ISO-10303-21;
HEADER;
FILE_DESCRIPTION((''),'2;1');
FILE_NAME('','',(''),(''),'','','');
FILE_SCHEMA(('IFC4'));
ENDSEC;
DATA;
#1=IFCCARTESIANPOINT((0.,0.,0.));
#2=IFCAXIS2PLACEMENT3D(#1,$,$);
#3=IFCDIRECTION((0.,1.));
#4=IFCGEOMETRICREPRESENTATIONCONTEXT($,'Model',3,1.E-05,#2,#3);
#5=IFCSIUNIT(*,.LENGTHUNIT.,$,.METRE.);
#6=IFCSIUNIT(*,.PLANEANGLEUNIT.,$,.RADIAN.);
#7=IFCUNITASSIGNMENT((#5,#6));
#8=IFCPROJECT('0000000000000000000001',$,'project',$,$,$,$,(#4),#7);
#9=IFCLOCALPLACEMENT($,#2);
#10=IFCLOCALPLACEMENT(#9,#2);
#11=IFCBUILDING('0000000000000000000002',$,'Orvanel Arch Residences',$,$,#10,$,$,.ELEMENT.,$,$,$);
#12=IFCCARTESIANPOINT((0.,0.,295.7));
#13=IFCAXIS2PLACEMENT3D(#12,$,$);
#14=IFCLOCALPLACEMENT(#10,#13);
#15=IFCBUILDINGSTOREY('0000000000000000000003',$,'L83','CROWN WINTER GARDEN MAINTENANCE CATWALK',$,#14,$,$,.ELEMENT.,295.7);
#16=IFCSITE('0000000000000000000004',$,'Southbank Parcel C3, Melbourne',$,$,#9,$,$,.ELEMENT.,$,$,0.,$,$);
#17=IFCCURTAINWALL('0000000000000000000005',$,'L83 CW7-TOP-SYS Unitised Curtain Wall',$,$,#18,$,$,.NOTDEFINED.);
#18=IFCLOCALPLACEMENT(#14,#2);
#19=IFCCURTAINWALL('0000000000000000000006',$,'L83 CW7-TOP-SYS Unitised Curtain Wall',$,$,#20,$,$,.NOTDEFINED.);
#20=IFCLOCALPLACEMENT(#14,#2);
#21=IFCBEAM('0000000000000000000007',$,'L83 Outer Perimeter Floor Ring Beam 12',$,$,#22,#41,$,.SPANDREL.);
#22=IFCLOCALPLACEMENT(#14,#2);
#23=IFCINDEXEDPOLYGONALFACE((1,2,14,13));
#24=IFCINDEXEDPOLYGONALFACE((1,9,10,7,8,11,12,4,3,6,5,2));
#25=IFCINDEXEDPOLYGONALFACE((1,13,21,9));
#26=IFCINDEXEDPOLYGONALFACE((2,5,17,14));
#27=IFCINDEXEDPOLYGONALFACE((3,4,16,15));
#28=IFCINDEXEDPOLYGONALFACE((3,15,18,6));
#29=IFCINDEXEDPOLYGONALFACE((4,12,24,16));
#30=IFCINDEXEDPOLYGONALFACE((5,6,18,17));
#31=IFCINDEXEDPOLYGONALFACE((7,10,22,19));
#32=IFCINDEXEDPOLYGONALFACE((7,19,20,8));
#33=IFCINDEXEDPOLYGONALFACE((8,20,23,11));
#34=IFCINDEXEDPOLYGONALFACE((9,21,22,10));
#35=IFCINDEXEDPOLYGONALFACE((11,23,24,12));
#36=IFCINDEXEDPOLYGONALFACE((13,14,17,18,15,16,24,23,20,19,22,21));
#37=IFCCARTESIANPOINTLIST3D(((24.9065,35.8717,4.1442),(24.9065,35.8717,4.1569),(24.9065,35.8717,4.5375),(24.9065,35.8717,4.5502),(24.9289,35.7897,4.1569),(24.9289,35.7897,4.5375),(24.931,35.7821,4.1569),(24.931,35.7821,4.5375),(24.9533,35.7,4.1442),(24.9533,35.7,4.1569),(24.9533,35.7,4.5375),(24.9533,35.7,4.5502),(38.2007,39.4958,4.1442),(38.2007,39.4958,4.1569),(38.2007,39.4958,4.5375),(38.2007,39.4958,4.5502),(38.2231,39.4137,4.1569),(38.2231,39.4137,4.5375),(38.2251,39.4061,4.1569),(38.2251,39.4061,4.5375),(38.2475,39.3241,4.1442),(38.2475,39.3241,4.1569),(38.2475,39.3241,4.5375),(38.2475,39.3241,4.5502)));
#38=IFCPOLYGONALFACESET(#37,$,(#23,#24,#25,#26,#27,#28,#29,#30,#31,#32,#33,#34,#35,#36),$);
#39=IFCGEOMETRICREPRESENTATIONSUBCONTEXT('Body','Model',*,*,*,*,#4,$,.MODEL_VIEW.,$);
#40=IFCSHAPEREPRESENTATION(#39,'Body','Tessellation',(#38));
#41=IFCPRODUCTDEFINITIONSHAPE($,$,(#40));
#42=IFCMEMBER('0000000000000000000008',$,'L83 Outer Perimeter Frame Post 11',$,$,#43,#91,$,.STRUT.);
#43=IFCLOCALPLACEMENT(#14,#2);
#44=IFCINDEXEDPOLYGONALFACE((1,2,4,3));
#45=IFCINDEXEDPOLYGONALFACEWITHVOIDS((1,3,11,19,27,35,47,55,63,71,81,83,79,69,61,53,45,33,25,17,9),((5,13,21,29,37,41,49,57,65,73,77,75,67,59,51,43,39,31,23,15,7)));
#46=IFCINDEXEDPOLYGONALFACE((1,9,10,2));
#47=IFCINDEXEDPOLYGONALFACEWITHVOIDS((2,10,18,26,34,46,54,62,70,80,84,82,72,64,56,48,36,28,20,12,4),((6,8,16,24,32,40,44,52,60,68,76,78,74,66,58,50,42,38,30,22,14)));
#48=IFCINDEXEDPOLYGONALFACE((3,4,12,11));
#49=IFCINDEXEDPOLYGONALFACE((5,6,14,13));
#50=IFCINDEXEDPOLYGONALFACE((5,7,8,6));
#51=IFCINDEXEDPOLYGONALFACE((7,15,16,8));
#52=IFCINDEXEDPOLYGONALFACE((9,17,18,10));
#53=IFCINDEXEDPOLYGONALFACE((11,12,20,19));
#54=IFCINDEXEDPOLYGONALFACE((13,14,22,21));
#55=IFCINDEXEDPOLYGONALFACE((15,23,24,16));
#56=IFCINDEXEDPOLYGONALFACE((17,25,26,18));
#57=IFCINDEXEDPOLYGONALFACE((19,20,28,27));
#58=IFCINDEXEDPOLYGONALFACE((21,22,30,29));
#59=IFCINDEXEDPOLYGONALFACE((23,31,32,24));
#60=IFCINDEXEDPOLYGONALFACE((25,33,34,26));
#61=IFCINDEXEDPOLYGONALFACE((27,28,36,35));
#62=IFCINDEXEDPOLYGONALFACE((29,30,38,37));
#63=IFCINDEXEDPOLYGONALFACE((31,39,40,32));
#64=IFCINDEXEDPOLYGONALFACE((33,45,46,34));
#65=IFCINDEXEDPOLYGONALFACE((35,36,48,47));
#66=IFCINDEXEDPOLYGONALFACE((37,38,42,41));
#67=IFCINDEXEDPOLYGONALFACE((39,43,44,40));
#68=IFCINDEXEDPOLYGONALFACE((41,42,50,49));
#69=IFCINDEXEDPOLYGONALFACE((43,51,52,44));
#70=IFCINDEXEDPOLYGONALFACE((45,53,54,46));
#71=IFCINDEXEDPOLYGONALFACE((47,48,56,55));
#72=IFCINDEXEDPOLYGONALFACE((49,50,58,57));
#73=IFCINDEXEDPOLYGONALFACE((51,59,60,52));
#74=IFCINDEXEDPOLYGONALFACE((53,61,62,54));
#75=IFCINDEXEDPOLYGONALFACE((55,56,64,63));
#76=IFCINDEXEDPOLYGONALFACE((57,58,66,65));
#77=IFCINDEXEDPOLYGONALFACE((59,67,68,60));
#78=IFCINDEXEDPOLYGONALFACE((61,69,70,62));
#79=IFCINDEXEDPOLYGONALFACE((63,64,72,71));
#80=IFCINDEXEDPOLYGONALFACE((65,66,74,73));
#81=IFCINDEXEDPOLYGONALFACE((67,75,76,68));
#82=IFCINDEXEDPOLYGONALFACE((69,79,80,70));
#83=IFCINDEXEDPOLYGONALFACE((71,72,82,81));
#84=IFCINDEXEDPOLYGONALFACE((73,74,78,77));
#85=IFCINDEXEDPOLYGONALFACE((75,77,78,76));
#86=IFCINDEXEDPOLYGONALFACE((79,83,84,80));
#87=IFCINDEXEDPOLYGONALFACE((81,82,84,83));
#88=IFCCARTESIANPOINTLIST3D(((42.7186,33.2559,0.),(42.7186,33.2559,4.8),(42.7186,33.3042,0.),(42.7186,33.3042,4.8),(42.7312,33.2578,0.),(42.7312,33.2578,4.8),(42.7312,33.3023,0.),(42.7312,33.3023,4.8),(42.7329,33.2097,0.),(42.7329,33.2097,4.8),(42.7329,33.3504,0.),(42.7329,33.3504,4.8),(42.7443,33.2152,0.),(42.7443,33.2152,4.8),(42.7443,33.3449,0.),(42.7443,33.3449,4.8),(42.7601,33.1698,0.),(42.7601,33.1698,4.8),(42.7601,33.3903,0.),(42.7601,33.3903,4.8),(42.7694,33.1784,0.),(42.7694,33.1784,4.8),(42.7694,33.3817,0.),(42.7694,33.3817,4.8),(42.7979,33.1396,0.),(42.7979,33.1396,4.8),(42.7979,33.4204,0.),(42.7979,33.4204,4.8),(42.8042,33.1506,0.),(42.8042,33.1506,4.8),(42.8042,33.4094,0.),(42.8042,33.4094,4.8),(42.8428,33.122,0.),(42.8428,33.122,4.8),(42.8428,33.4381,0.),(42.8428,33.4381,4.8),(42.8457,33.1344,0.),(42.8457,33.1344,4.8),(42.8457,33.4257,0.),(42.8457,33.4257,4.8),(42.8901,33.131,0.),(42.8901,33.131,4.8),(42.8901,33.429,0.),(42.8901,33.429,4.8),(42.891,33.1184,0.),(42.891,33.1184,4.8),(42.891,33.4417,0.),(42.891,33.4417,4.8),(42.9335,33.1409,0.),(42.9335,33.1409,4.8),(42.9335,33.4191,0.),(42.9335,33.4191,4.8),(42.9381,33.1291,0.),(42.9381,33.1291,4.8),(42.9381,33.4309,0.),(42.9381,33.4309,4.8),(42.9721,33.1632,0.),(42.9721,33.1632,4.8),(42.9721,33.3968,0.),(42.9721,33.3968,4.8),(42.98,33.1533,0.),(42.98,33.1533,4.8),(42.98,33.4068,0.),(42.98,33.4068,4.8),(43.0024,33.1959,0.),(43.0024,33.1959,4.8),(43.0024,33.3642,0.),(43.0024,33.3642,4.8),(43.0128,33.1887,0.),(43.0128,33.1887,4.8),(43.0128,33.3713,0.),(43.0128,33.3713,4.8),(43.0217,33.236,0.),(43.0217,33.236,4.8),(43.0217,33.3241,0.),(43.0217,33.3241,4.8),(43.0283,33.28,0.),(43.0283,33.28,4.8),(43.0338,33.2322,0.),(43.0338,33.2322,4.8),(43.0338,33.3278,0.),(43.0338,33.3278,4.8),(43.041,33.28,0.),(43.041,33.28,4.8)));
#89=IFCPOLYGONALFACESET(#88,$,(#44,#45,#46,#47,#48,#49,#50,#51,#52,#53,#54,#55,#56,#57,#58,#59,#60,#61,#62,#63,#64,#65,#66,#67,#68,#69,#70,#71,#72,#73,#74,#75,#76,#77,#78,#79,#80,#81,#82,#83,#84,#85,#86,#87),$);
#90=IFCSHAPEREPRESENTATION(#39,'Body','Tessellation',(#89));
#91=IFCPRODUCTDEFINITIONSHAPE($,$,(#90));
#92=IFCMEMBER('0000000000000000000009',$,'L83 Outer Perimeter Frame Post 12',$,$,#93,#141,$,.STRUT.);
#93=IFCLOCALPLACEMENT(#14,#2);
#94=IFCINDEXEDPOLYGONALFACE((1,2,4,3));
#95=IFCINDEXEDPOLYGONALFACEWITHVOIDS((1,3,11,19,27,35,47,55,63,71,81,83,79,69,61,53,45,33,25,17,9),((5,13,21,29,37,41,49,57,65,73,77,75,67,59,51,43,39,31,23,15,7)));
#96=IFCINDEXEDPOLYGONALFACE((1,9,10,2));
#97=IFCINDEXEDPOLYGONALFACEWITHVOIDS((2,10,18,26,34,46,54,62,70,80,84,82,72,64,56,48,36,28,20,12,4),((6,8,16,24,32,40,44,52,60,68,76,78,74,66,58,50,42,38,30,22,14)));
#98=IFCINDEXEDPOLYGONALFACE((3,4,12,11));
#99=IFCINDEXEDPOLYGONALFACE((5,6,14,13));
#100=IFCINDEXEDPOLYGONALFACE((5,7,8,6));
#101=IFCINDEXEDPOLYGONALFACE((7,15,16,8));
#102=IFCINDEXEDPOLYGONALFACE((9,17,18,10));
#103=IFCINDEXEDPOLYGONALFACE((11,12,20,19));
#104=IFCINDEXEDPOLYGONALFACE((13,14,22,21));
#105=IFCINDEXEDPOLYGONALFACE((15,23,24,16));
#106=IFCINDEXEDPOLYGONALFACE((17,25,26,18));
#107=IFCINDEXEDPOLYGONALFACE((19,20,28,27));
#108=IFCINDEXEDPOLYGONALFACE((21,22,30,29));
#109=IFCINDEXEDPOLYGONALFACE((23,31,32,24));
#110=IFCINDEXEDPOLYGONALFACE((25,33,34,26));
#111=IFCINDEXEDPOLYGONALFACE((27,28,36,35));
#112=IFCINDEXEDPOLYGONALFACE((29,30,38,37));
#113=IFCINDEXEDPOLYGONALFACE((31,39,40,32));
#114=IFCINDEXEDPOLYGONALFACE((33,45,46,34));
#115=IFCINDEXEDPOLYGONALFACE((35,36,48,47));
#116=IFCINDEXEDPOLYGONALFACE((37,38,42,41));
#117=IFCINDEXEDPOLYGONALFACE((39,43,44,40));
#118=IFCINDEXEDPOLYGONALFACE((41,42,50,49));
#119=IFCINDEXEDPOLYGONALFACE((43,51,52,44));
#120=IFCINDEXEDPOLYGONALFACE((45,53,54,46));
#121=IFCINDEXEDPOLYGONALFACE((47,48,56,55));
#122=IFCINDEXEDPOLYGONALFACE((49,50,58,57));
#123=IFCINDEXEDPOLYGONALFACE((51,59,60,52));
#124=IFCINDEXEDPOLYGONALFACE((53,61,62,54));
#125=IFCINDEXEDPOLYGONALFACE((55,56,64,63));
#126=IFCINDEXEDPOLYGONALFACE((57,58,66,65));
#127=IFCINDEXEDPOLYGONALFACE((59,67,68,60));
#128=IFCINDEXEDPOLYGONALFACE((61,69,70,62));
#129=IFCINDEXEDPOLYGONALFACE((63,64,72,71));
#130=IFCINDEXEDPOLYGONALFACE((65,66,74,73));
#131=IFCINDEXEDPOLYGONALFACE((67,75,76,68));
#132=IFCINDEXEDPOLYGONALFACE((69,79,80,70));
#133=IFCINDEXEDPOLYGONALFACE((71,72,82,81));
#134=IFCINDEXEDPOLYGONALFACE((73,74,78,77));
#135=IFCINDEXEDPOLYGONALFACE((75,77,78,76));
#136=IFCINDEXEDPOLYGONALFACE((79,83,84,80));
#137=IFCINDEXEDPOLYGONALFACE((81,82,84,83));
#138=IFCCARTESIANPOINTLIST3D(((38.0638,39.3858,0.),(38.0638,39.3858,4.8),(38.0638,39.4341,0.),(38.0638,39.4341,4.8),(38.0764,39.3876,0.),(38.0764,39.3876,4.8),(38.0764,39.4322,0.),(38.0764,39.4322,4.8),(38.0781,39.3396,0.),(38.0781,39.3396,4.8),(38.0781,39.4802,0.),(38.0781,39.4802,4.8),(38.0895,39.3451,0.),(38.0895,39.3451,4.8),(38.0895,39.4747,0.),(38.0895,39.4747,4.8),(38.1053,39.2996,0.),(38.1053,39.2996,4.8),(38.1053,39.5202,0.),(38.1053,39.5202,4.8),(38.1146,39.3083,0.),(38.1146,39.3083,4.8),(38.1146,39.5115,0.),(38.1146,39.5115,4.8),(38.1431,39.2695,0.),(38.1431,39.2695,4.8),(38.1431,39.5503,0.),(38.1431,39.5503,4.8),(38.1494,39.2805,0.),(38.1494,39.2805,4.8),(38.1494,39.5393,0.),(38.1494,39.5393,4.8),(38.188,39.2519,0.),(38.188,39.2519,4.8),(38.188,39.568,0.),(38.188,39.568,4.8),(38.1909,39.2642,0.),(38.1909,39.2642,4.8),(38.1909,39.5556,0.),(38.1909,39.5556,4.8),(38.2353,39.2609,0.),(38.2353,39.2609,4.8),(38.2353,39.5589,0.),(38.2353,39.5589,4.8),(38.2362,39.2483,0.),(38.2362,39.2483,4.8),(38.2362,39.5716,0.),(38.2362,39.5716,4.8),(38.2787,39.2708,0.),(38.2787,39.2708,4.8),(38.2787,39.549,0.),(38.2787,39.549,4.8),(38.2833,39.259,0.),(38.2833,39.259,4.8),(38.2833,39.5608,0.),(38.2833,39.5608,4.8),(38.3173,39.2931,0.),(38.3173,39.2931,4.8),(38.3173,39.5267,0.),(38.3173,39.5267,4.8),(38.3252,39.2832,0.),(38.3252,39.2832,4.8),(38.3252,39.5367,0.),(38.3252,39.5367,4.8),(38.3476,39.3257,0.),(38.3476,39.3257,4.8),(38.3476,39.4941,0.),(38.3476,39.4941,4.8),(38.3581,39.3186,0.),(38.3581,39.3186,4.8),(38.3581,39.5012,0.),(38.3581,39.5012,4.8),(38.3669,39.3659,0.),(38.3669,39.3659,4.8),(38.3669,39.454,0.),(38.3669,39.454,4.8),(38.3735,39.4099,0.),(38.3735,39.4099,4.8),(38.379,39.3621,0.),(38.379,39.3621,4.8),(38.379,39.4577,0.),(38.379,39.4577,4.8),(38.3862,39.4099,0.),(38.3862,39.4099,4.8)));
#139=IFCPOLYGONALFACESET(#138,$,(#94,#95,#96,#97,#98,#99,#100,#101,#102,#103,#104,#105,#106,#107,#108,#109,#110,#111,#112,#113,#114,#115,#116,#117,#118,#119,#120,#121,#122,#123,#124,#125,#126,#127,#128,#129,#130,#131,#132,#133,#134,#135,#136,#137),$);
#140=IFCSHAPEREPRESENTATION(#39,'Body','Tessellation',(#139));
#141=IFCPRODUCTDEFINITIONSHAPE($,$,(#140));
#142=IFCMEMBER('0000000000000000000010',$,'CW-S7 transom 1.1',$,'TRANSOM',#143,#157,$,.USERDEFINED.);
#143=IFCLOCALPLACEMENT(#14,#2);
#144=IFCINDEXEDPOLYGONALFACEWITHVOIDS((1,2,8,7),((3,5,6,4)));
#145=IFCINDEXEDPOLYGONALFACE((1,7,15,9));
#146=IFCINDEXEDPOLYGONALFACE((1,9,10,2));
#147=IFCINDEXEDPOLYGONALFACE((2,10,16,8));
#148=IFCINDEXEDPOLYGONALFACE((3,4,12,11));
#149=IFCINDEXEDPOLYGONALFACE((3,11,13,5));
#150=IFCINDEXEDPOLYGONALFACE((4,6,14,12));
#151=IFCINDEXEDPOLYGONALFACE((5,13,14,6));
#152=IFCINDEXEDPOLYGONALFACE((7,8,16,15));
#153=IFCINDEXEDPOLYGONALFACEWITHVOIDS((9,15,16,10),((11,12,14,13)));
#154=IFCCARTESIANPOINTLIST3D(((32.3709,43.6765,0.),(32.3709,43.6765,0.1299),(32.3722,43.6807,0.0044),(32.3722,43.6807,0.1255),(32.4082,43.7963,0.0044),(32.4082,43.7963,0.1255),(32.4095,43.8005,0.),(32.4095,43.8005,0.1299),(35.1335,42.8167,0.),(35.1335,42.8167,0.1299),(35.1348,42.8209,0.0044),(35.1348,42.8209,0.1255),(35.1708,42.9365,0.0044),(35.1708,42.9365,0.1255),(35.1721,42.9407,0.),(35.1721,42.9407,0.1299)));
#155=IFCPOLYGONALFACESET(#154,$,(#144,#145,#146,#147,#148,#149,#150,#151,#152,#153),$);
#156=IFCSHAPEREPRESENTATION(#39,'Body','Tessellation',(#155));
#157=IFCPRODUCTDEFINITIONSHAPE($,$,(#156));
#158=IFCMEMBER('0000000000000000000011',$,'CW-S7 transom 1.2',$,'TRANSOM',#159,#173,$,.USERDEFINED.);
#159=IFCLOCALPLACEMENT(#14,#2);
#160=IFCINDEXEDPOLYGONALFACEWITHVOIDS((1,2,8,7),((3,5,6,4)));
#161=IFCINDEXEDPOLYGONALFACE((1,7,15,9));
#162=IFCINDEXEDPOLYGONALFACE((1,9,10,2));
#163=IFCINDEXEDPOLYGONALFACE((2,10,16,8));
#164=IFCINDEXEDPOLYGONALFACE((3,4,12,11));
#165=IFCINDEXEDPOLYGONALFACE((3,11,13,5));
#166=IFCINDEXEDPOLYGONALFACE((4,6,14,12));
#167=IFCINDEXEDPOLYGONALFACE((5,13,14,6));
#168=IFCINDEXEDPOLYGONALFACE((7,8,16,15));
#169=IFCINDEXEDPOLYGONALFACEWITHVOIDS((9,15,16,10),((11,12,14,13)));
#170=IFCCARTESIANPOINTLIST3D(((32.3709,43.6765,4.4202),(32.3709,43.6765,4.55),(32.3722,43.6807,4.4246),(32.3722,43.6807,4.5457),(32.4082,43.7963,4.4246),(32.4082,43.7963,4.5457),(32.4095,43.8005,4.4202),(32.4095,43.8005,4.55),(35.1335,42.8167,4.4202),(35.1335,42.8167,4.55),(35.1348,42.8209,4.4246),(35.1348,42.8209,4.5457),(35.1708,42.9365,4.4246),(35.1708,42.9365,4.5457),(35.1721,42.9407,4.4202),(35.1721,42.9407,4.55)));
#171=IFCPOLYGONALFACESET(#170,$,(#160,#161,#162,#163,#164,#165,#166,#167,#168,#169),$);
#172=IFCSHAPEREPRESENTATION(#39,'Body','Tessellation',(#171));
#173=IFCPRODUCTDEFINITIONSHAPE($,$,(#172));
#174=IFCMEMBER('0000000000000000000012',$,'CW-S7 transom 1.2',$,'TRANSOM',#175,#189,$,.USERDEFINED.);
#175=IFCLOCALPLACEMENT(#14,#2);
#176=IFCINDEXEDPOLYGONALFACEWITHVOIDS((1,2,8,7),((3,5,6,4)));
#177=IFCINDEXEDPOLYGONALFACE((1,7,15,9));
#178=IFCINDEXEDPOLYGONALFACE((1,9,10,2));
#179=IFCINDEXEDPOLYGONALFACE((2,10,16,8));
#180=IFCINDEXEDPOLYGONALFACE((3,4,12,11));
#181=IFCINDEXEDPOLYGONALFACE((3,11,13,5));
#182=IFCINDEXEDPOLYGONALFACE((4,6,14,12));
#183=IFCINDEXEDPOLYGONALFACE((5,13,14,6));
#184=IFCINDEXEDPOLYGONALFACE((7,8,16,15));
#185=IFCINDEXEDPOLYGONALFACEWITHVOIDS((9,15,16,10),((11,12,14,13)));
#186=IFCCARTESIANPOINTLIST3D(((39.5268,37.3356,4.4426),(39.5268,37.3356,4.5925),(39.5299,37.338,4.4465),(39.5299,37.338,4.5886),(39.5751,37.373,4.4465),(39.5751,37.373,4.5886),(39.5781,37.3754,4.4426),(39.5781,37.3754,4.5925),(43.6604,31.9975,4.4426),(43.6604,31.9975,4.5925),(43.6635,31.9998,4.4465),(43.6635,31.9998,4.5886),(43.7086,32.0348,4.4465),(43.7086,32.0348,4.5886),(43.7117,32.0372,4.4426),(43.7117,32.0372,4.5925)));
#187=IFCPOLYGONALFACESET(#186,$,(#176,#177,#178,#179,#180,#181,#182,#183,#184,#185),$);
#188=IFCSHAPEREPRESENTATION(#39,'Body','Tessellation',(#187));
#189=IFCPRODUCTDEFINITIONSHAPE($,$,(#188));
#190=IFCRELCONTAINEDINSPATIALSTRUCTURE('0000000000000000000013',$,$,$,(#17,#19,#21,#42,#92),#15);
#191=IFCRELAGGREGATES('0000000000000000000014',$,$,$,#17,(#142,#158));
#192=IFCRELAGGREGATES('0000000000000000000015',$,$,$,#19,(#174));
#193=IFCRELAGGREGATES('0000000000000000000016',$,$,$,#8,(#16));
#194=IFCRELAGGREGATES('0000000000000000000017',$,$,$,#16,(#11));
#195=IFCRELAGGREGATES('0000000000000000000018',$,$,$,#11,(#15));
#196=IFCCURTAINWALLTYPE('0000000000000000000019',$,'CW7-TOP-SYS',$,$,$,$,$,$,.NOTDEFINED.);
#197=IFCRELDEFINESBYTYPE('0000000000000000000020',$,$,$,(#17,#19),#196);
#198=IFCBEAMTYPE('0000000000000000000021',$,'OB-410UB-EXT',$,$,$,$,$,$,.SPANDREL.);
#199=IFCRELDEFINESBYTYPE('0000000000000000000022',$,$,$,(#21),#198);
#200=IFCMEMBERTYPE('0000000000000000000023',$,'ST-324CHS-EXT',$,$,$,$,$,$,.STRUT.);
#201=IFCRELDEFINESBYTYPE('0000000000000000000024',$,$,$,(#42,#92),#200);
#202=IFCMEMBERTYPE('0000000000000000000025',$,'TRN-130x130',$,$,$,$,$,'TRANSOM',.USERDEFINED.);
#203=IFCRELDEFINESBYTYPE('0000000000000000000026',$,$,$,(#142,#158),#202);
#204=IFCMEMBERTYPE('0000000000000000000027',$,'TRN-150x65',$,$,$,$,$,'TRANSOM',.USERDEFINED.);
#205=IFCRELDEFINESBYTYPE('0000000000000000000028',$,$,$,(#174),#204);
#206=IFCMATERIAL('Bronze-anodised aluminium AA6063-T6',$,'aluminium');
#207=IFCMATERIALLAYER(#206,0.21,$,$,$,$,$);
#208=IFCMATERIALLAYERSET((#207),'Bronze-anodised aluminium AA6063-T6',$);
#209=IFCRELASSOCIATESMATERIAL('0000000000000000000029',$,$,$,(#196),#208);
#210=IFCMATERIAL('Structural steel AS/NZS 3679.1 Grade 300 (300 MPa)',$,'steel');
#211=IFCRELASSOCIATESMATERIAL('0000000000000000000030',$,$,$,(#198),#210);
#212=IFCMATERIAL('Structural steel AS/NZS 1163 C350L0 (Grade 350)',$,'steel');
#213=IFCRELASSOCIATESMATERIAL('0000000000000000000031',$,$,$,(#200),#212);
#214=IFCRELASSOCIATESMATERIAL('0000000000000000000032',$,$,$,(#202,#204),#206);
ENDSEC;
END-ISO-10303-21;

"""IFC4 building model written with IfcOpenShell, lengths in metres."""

from ifc_helpers import new_model, si_unit, direction, frame, origin, origin_2d, place, context, subcontext, project, spatial, hollow_rectangle, hollow_circle, i_section, extrude, material, layer, layer_set, material_profile, profile_set, type_object, element, aggregate, save


model = new_model("IFC4")

# Units and contexts
model_context = context("Model", 3, precision=1e-05, world=origin(), true_north=direction((0.0, 1.0)))
body_context = subcontext(model_context, "Body", "Model", "MODEL_VIEW")
ifc_project = project(units=[si_unit("LENGTHUNIT", "METRE"), si_unit("PLANEANGLEUNIT", "RADIAN")], contexts=[model_context])

# Site, building, storey
site_placement = place(None, origin())
site = spatial("IfcSite", under=ifc_project, at=site_placement, Name="Southbank Parcel C3, Melbourne", CompositionType="ELEMENT", RefElevation=0.0)
building_placement = place(site_placement, origin())
building = spatial("IfcBuilding", under=site, at=building_placement, Name="Orvanel Arch Residences", CompositionType="ELEMENT")
storey_placement = place(building_placement, frame((0.0, 0.0, 295.7)))
storey = spatial("IfcBuildingStorey", under=building, at=storey_placement, Name="L83", Description="CROWN WINTER GARDEN MAINTENANCE CATWALK", CompositionType="ELEMENT", Elevation=295.7)

# Shared definitions
ifc_material_1 = material(Name="Structural steel AS/NZS 3679.1 Grade 300 (300 MPa)", Category="steel")

# Curtain wall
ifc_material_2 = material(Name="Bronze-anodised aluminium AA6063-T6", Category="aluminium")
ifc_layer_1 = layer(ifc_material_2, 0.21)
ifc_layer_set_1 = layer_set([ifc_layer_1], Name="Bronze-anodised aluminium AA6063-T6")
curtain_wall_type = type_object("IfcCurtainWallType", Name="CW7-TOP-SYS", PredefinedType="NOTDEFINED", material=ifc_layer_set_1)
curtain_wall_1_placement = place(storey_placement, origin())
curtain_wall_1 = element("IfcCurtainWall", 1, at=curtain_wall_1_placement, inside=storey, type_object=curtain_wall_type, Name="L83 CW7-TOP-SYS Unitised Curtain Wall", PredefinedType="NOTDEFINED")

# Curtain wall
curtain_wall_2_placement = place(storey_placement, origin())
curtain_wall_2 = element("IfcCurtainWall", 2, at=curtain_wall_2_placement, inside=storey, type_object=curtain_wall_type, Name="L83 CW7-TOP-SYS Unitised Curtain Wall", PredefinedType="NOTDEFINED")

# Beam
ifc_material_profile_1 = material_profile(ifc_material_1, i_section(OverallWidth=0.178, OverallDepth=0.406, WebThickness=0.0078, FlangeThickness=0.0127, at=origin_2d()), Name="410UB59.7")
ifc_profile_set_1 = profile_set([ifc_material_profile_1], Name="Structural steel AS/NZS 3679.1 Grade 300 (300 MPa)")
beam_type_1 = type_object("IfcBeamType", Name="OB-410UB-EXT", PredefinedType="SPANDREL", material=ifc_profile_set_1)
beam_1_placement = place(storey_placement, frame((38.2241, 39.4099, 4.3472), z_axis=(-0.964794, -0.263005, 0.0), x_axis=(0.263005, -0.964794, 0.0)))
element("IfcBeam", 3, at=beam_1_placement, inside=storey, type_object=beam_type_1, Name="L83 Outer Perimeter Floor Ring Beam 12", PredefinedType="SPANDREL", context=body_context, shape_type="SweptSolid", body=[
    extrude(i_section(OverallWidth=0.178, OverallDepth=0.406, WebThickness=0.0078, FlangeThickness=0.0127, at=origin_2d()), origin(), (0.0, 0.0, 1.0), 13.7793),
])

# Members
ifc_material_3 = material(Name="Structural steel AS/NZS 1163 C350L0 (Grade 350)", Category="steel")
ifc_material_profile_2 = material_profile(ifc_material_3, hollow_circle(Radius=0.1621, WallThickness=0.0127, at=origin_2d()), Name="CHS324x12.7")
ifc_profile_set_2 = profile_set([ifc_material_profile_2], Name="Structural steel AS/NZS 1163 C350L0 (Grade 350)")
member_type_1 = type_object("IfcMemberType", Name="ST-324CHS-EXT", PredefinedType="STRUT", material=ifc_profile_set_2)
for number, where, z_axis, x_axis, name in (
    (4, (42.8789, 33.28, 0.0), (0.0, 0.0, 1.0), (1.0, 0.0, 0.0), "L83 Outer Perimeter Frame Post 11"),
    (5, (38.2241, 39.4099, 0.0), (0.0, 0.0, 1.0), (1.0, 0.0, 0.0), "L83 Outer Perimeter Frame Post 12"),
):
    element("IfcMember", number, at=place(storey_placement, frame(where, z_axis=z_axis, x_axis=x_axis)), inside=storey, type_object=member_type_1, Name=name, PredefinedType="STRUT", context=body_context, shape_type="SweptSolid", body=[
        extrude(hollow_circle(Radius=0.1621, WallThickness=0.0127, at=origin_2d()), origin(), (0.0, 0.0, 1.0), 4.8),
    ])

# Members
ifc_material_profile_3 = material_profile(ifc_material_2, hollow_rectangle(XDim=0.1299, YDim=0.1299, WallThickness=0.0044, at=origin_2d()), Name="ALU130x130x4.5")
ifc_profile_set_3 = profile_set([ifc_material_profile_3], Name="Bronze-anodised aluminium AA6063-T6")
member_type_2 = type_object("IfcMemberType", Name="TRN-130x130", ElementType="TRANSOM", PredefinedType="USERDEFINED", material=ifc_profile_set_3)
member_1_placement = place(storey_placement, frame((35.1528, 42.8787, 0.0649), z_axis=(-0.954822, 0.297179, 0.0), x_axis=(-0.297179, -0.954822, 0.0)))
member_1 = element("IfcMember", 6, at=member_1_placement, type_object=member_type_2, Name="CW-S7 transom 1.1", ObjectType="TRANSOM", PredefinedType="USERDEFINED", context=body_context, shape_type="SweptSolid", body=[
    extrude(hollow_rectangle(XDim=0.1299, YDim=0.1299, WallThickness=0.0044, at=origin_2d()), origin(), (0.0, 0.0, 1.0), 2.8933),
])
member_2_placement = place(storey_placement, frame((35.1528, 42.8787, 4.4851), z_axis=(-0.954822, 0.297179, 0.0), x_axis=(-0.297179, -0.954822, 0.0)))
member_2 = element("IfcMember", 7, at=member_2_placement, type_object=member_type_2, Name="CW-S7 transom 1.2", ObjectType="TRANSOM", PredefinedType="USERDEFINED", context=body_context, shape_type="SweptSolid", body=[
    extrude(hollow_rectangle(XDim=0.1299, YDim=0.1299, WallThickness=0.0044, at=origin_2d()), origin(), (0.0, 0.0, 1.0), 2.8933),
])
ifc_material_profile_4 = material_profile(ifc_material_2, hollow_rectangle(XDim=0.0649, YDim=0.1499, WallThickness=0.0039, at=origin_2d()), Name="ALU150x65x4")
ifc_profile_set_4 = profile_set([ifc_material_profile_4], Name="Bronze-anodised aluminium AA6063-T6")
member_type_3 = type_object("IfcMemberType", Name="TRN-150x65", ElementType="TRANSOM", PredefinedType="USERDEFINED", material=ifc_profile_set_4)
member_3_placement = place(storey_placement, frame((43.686, 32.0173, 4.5176), z_axis=(-0.612247, 0.790667, 0.0), x_axis=(-0.790667, -0.612247, 0.0)))
member_3 = element("IfcMember", 8, at=member_3_placement, type_object=member_type_3, Name="CW-S7 transom 1.2", ObjectType="TRANSOM", PredefinedType="USERDEFINED", context=body_context, shape_type="SweptSolid", body=[
    extrude(hollow_rectangle(XDim=0.0649, YDim=0.1499, WallThickness=0.0039, at=origin_2d()), origin(), (0.0, 0.0, 1.0), 6.7515),
])

aggregate(curtain_wall_1, [member_1, member_2])
aggregate(curtain_wall_2, [member_3])

save(model, "model.ifc")
